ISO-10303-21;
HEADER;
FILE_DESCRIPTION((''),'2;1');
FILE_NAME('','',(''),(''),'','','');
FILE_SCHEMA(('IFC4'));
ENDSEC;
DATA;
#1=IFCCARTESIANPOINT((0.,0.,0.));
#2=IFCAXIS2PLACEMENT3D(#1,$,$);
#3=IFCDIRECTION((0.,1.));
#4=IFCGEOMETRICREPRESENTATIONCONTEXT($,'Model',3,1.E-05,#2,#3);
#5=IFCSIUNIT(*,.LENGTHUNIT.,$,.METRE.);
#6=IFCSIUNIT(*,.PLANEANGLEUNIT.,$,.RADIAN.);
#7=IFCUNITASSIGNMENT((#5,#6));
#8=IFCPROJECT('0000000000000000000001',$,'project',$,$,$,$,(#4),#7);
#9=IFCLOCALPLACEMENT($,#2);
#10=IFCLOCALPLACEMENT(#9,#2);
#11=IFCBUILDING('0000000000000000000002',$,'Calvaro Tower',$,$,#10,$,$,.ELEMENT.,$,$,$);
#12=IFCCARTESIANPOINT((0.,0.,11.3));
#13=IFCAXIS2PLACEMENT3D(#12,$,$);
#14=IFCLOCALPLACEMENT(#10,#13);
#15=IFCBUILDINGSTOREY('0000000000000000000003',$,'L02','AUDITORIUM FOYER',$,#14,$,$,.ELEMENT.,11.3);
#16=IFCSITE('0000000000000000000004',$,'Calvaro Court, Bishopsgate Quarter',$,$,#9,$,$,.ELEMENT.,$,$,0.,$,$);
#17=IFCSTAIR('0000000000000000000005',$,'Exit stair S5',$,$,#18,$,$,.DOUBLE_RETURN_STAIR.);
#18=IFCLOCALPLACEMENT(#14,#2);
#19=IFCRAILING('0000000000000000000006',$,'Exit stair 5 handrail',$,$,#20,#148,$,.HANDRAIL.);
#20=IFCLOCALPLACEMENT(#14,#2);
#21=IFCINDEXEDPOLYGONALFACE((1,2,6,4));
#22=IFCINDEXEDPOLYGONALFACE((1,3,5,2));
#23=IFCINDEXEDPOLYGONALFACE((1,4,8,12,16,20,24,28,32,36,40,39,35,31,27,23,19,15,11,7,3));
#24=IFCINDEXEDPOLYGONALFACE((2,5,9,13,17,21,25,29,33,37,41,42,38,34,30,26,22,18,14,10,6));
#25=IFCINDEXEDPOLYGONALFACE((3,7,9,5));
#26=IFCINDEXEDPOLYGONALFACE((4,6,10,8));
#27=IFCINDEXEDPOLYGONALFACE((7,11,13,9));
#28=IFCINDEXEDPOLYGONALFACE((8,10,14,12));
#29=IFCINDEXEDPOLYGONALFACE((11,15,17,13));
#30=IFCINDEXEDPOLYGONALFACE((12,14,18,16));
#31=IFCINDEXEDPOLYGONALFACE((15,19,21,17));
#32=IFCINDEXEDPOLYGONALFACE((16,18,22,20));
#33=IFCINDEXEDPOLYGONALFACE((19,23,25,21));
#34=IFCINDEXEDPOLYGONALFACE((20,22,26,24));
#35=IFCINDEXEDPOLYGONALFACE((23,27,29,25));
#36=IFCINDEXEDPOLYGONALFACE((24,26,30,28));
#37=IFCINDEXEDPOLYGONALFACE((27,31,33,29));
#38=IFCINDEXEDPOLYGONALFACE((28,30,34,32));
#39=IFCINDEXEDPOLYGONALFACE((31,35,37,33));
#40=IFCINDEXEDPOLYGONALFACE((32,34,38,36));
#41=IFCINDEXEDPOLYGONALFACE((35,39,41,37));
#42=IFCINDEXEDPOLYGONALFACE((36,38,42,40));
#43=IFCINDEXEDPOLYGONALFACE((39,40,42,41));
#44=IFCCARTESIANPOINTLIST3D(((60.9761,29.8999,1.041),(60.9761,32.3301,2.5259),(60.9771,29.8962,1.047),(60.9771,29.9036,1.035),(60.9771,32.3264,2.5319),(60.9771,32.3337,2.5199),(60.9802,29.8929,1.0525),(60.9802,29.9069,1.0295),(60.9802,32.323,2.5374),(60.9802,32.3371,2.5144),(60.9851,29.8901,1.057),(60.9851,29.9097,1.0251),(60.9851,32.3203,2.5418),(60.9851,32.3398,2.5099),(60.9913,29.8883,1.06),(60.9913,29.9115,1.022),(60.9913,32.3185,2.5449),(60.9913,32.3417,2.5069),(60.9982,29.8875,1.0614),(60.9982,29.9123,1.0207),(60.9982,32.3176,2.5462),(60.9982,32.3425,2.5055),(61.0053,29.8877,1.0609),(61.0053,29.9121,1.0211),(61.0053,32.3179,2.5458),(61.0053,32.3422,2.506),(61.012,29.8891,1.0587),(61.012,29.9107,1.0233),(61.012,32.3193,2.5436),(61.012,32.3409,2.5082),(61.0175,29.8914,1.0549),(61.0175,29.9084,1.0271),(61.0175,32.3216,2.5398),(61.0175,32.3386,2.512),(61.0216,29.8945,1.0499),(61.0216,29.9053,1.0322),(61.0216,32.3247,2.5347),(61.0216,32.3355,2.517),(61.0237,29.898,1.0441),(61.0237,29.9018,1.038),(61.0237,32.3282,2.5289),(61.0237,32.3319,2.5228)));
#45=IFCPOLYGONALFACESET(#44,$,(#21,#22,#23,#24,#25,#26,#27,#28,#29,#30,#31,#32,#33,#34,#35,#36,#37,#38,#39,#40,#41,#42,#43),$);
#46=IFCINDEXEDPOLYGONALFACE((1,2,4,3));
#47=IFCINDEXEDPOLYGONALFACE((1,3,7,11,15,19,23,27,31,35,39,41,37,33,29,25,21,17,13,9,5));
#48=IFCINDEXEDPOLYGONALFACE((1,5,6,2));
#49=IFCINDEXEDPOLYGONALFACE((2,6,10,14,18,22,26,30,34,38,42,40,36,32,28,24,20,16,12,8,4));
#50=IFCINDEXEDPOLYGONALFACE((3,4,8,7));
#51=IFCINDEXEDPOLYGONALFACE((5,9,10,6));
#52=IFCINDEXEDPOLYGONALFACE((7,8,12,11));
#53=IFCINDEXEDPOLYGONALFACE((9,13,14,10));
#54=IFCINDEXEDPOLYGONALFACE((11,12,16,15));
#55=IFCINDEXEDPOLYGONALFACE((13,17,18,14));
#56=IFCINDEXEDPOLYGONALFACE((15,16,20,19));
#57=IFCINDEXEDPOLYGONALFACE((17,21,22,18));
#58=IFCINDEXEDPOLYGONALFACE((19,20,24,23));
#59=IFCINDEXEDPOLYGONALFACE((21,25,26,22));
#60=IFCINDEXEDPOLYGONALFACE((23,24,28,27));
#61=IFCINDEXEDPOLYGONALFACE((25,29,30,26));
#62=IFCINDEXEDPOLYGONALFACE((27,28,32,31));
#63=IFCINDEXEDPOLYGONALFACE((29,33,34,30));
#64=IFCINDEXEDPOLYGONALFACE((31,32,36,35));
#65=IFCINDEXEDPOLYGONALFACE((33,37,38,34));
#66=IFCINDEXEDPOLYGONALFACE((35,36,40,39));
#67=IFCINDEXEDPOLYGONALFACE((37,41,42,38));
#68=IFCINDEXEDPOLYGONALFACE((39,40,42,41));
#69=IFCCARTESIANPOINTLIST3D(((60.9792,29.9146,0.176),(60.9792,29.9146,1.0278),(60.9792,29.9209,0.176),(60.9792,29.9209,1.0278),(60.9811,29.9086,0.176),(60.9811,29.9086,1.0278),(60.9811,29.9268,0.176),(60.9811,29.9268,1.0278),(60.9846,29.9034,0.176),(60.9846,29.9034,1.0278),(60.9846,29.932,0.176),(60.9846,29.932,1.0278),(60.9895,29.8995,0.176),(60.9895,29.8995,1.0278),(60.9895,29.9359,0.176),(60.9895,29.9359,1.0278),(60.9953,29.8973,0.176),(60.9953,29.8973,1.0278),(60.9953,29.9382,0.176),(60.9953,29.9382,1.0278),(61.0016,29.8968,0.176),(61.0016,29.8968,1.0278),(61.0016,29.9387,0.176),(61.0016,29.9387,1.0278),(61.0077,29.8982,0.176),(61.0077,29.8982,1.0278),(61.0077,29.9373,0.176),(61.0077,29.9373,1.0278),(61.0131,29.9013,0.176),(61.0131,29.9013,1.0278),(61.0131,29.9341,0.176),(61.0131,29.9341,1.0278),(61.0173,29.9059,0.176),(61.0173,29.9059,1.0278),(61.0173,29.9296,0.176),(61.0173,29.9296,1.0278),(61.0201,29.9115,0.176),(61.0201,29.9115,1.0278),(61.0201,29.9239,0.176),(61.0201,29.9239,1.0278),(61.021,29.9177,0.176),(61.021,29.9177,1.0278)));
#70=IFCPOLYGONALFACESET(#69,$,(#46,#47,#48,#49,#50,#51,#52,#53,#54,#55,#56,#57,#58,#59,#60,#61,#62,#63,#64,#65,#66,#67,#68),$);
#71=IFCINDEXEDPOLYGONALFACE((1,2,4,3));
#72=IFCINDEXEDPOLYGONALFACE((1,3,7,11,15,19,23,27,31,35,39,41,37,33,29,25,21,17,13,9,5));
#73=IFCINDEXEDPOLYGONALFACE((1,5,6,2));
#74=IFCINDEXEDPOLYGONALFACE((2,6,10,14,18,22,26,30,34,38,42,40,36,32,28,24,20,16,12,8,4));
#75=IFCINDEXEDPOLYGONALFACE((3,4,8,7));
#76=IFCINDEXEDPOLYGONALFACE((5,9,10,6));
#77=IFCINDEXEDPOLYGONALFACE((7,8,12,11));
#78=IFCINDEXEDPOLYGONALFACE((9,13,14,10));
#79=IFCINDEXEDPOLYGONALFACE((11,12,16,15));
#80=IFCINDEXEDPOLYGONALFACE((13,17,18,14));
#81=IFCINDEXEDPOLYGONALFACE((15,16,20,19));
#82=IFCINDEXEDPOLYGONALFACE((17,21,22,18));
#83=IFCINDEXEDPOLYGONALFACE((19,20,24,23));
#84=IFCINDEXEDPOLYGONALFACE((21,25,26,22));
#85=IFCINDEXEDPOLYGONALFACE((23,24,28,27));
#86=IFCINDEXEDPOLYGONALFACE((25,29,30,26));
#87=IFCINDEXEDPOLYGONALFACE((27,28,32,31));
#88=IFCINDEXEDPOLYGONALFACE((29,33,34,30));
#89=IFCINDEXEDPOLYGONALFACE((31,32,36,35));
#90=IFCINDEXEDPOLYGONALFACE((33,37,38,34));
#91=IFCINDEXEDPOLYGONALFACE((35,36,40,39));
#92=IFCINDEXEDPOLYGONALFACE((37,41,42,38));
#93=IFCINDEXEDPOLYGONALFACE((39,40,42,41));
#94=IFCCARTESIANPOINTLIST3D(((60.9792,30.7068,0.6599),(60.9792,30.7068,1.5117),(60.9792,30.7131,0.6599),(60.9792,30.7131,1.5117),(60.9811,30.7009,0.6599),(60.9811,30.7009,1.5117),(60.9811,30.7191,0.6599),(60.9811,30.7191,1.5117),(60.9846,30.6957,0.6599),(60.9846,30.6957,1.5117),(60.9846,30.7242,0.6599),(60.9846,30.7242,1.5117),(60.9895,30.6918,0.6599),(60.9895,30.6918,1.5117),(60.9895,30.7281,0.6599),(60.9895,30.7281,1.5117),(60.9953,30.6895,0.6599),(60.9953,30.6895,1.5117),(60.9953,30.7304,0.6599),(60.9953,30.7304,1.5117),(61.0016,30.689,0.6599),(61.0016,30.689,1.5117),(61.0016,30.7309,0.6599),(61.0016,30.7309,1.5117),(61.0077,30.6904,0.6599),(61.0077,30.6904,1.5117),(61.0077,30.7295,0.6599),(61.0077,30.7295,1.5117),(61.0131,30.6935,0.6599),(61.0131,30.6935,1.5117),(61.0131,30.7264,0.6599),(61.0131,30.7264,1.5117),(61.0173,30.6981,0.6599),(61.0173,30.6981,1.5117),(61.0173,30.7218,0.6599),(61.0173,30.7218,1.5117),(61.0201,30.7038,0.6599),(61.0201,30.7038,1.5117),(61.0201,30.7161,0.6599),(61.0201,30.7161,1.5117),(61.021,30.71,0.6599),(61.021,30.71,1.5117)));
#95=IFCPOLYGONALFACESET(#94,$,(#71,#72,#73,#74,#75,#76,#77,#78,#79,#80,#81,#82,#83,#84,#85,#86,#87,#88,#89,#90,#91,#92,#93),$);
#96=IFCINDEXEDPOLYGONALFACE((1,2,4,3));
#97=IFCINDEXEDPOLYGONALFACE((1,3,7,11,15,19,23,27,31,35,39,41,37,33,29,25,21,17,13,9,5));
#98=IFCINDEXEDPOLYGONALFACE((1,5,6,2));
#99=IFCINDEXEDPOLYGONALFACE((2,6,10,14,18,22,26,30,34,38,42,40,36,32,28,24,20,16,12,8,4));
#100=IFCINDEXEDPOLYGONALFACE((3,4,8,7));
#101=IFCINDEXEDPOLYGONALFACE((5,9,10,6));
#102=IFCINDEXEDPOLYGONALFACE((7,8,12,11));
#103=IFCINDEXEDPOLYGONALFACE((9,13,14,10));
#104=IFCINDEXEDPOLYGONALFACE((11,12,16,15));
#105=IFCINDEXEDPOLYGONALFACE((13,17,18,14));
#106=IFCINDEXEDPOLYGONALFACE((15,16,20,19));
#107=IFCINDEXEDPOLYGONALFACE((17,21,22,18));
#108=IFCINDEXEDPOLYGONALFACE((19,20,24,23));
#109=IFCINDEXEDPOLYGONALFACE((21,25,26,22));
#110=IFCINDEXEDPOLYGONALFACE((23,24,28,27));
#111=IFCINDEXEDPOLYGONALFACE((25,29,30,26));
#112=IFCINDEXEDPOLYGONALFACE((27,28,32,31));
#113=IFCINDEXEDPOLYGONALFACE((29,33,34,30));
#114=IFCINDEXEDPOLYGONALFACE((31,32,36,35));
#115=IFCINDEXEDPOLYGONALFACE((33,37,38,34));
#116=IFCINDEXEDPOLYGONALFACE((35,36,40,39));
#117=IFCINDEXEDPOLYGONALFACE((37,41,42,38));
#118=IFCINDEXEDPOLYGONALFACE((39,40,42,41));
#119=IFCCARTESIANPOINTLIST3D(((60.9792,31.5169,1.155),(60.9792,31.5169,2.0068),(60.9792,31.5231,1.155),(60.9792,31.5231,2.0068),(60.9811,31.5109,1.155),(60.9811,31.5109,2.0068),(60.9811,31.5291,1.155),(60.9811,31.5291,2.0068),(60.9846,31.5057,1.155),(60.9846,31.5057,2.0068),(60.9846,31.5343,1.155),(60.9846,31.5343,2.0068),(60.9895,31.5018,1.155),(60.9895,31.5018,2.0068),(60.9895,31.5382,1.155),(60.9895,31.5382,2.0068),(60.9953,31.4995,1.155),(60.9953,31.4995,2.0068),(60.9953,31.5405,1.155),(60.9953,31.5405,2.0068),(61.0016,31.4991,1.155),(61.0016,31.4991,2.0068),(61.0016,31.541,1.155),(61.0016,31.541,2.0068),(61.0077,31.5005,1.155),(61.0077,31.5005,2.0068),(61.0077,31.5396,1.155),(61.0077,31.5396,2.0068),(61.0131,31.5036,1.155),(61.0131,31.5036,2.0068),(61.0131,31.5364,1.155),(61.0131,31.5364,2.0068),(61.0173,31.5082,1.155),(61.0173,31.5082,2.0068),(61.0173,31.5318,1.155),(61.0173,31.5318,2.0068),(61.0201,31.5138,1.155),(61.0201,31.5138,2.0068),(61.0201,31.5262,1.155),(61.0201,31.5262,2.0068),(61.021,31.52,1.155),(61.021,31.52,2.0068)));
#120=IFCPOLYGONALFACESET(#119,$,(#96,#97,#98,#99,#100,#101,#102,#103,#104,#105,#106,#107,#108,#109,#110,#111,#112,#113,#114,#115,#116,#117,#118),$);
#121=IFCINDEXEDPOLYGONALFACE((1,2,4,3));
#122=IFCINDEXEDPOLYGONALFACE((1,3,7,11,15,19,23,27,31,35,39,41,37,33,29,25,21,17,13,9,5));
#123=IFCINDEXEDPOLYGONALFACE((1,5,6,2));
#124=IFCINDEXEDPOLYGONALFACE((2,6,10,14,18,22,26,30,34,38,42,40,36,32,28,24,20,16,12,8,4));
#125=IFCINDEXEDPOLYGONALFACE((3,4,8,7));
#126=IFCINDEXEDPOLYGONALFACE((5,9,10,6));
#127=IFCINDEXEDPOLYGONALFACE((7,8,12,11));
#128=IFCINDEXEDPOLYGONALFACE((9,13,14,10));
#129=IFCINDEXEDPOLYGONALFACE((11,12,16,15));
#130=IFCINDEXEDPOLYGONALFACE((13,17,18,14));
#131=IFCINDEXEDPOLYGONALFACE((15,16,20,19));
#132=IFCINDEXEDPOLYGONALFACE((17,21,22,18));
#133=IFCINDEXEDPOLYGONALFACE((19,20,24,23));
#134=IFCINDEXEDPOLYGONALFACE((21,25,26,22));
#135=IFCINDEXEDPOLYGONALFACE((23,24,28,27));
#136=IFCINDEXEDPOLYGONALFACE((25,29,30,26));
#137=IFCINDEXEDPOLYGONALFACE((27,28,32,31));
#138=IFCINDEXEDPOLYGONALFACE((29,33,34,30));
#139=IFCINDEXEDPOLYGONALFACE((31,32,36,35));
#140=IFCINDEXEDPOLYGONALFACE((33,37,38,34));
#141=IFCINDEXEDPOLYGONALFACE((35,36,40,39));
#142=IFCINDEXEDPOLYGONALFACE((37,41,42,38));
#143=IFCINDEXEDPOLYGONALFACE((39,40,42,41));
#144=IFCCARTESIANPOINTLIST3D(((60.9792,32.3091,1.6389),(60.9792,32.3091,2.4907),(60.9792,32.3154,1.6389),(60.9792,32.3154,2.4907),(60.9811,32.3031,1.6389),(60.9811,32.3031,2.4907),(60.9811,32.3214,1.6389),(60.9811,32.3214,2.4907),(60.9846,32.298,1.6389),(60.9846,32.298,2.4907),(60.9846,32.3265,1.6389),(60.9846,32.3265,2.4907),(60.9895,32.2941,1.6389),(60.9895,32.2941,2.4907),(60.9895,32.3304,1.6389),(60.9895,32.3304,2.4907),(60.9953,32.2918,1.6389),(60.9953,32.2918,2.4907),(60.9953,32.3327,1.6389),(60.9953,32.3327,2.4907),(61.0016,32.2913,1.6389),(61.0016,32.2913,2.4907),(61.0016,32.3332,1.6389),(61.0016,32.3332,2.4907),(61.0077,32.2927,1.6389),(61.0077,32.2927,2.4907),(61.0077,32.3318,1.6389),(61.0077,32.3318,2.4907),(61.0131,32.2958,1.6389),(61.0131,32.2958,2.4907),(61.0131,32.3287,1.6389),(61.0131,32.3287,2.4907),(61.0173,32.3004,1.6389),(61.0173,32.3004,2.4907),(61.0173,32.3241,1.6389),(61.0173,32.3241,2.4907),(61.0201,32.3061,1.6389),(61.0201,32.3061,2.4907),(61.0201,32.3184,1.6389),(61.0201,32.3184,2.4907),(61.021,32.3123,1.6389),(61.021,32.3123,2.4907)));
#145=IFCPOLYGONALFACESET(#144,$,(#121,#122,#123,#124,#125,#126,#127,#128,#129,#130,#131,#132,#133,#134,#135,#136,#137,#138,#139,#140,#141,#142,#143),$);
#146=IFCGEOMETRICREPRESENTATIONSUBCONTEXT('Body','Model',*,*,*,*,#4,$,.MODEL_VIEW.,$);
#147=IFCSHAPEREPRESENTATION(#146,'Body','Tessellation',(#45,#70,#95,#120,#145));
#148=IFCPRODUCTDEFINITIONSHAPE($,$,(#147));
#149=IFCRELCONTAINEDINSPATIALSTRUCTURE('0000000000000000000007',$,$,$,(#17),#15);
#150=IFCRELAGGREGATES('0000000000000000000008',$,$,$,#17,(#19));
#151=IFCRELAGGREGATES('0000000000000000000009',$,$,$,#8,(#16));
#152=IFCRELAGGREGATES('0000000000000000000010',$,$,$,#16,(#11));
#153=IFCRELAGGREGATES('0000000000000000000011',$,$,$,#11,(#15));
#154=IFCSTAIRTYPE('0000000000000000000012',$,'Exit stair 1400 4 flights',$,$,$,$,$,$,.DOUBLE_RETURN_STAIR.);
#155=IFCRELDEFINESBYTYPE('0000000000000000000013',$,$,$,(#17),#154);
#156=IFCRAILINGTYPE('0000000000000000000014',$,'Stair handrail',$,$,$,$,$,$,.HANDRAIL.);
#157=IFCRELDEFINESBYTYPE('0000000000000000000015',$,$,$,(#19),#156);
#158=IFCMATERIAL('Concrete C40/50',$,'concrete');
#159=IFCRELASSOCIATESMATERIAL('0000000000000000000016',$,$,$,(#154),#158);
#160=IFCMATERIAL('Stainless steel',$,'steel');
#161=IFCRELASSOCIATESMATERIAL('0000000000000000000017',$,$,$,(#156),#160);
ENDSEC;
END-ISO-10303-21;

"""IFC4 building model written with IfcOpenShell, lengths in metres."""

from ifc_helpers import new_model, si_unit, direction, frame, origin, origin_2d, place, context, subcontext, project, spatial, circle, extrude, material, type_object, element, aggregate, save


model = new_model("IFC4")

# Units and contexts
model_context = context("Model", 3, precision=1e-05, world=origin(), true_north=direction((0.0, 1.0)))
body_context = subcontext(model_context, "Body", "Model", "MODEL_VIEW")
ifc_project = project(units=[si_unit("LENGTHUNIT", "METRE"), si_unit("PLANEANGLEUNIT", "RADIAN")], contexts=[model_context])

# Site, building, storey
site_placement = place(None, origin())
site = spatial("IfcSite", under=ifc_project, at=site_placement, Name="Calvaro Court, Bishopsgate Quarter", CompositionType="ELEMENT", RefElevation=0.0)
building_placement = place(site_placement, origin())
building = spatial("IfcBuilding", under=site, at=building_placement, Name="Calvaro Tower", CompositionType="ELEMENT")
storey_placement = place(building_placement, frame((0.0, 0.0, 11.3)))
storey = spatial("IfcBuildingStorey", under=building, at=storey_placement, Name="L02", Description="AUDITORIUM FOYER", CompositionType="ELEMENT", Elevation=11.3)

# Stair
ifc_material_1 = material(Name="Concrete C40/50", Category="concrete")
stair_type = type_object("IfcStairType", Name="Exit stair 1400 4 flights", PredefinedType="DOUBLE_RETURN_STAIR", material=ifc_material_1)
stair_1_placement = place(storey_placement, origin())
stair_1 = element("IfcStair", 1, at=stair_1_placement, inside=storey, type_object=stair_type, Name="Exit stair S5", PredefinedType="DOUBLE_RETURN_STAIR")

# Shared definitions
ifc_material_2 = material(Name="Stainless steel", Category="steel")
railing_type = type_object("IfcRailingType", Name="Stair handrail", PredefinedType="HANDRAIL", material=ifc_material_2)

# Railing
railing_1_placement = place(storey_placement, frame((61.0, 29.8999, 0.165)))
railing_1 = element("IfcRailing", 2, at=railing_1_placement, type_object=railing_type, Name="Exit stair 5 handrail", PredefinedType="HANDRAIL", context=body_context, shape_type="SweptSolid", body=[
    extrude(circle(Radius=0.0239, at=origin_2d()), frame((0.0, 0.0, 0.876), z_axis=(0.0, 0.85332, 0.521388), x_axis=(-1.0, 0.0, 0.0)), (0.0, 0.0, 1.0), 2.8479),
    extrude(circle(Radius=0.021, at=origin_2d()), frame((0.0, 0.0178, 0.011)), (0.0, 0.0, 1.0), 0.8518),
    extrude(circle(Radius=0.021, at=origin_2d()), frame((0.0, 0.8101, 0.4949)), (0.0, 0.0, 1.0), 0.8518),
    extrude(circle(Radius=0.021, at=origin_2d()), frame((0.0, 1.6201, 0.99)), (0.0, 0.0, 1.0), 0.8518),
    extrude(circle(Radius=0.021, at=origin_2d()), frame((0.0, 2.4124, 1.4739)), (0.0, 0.0, 1.0), 0.8518),
])
aggregate(stair_1, [railing_1])

save(model, "model.ifc")
